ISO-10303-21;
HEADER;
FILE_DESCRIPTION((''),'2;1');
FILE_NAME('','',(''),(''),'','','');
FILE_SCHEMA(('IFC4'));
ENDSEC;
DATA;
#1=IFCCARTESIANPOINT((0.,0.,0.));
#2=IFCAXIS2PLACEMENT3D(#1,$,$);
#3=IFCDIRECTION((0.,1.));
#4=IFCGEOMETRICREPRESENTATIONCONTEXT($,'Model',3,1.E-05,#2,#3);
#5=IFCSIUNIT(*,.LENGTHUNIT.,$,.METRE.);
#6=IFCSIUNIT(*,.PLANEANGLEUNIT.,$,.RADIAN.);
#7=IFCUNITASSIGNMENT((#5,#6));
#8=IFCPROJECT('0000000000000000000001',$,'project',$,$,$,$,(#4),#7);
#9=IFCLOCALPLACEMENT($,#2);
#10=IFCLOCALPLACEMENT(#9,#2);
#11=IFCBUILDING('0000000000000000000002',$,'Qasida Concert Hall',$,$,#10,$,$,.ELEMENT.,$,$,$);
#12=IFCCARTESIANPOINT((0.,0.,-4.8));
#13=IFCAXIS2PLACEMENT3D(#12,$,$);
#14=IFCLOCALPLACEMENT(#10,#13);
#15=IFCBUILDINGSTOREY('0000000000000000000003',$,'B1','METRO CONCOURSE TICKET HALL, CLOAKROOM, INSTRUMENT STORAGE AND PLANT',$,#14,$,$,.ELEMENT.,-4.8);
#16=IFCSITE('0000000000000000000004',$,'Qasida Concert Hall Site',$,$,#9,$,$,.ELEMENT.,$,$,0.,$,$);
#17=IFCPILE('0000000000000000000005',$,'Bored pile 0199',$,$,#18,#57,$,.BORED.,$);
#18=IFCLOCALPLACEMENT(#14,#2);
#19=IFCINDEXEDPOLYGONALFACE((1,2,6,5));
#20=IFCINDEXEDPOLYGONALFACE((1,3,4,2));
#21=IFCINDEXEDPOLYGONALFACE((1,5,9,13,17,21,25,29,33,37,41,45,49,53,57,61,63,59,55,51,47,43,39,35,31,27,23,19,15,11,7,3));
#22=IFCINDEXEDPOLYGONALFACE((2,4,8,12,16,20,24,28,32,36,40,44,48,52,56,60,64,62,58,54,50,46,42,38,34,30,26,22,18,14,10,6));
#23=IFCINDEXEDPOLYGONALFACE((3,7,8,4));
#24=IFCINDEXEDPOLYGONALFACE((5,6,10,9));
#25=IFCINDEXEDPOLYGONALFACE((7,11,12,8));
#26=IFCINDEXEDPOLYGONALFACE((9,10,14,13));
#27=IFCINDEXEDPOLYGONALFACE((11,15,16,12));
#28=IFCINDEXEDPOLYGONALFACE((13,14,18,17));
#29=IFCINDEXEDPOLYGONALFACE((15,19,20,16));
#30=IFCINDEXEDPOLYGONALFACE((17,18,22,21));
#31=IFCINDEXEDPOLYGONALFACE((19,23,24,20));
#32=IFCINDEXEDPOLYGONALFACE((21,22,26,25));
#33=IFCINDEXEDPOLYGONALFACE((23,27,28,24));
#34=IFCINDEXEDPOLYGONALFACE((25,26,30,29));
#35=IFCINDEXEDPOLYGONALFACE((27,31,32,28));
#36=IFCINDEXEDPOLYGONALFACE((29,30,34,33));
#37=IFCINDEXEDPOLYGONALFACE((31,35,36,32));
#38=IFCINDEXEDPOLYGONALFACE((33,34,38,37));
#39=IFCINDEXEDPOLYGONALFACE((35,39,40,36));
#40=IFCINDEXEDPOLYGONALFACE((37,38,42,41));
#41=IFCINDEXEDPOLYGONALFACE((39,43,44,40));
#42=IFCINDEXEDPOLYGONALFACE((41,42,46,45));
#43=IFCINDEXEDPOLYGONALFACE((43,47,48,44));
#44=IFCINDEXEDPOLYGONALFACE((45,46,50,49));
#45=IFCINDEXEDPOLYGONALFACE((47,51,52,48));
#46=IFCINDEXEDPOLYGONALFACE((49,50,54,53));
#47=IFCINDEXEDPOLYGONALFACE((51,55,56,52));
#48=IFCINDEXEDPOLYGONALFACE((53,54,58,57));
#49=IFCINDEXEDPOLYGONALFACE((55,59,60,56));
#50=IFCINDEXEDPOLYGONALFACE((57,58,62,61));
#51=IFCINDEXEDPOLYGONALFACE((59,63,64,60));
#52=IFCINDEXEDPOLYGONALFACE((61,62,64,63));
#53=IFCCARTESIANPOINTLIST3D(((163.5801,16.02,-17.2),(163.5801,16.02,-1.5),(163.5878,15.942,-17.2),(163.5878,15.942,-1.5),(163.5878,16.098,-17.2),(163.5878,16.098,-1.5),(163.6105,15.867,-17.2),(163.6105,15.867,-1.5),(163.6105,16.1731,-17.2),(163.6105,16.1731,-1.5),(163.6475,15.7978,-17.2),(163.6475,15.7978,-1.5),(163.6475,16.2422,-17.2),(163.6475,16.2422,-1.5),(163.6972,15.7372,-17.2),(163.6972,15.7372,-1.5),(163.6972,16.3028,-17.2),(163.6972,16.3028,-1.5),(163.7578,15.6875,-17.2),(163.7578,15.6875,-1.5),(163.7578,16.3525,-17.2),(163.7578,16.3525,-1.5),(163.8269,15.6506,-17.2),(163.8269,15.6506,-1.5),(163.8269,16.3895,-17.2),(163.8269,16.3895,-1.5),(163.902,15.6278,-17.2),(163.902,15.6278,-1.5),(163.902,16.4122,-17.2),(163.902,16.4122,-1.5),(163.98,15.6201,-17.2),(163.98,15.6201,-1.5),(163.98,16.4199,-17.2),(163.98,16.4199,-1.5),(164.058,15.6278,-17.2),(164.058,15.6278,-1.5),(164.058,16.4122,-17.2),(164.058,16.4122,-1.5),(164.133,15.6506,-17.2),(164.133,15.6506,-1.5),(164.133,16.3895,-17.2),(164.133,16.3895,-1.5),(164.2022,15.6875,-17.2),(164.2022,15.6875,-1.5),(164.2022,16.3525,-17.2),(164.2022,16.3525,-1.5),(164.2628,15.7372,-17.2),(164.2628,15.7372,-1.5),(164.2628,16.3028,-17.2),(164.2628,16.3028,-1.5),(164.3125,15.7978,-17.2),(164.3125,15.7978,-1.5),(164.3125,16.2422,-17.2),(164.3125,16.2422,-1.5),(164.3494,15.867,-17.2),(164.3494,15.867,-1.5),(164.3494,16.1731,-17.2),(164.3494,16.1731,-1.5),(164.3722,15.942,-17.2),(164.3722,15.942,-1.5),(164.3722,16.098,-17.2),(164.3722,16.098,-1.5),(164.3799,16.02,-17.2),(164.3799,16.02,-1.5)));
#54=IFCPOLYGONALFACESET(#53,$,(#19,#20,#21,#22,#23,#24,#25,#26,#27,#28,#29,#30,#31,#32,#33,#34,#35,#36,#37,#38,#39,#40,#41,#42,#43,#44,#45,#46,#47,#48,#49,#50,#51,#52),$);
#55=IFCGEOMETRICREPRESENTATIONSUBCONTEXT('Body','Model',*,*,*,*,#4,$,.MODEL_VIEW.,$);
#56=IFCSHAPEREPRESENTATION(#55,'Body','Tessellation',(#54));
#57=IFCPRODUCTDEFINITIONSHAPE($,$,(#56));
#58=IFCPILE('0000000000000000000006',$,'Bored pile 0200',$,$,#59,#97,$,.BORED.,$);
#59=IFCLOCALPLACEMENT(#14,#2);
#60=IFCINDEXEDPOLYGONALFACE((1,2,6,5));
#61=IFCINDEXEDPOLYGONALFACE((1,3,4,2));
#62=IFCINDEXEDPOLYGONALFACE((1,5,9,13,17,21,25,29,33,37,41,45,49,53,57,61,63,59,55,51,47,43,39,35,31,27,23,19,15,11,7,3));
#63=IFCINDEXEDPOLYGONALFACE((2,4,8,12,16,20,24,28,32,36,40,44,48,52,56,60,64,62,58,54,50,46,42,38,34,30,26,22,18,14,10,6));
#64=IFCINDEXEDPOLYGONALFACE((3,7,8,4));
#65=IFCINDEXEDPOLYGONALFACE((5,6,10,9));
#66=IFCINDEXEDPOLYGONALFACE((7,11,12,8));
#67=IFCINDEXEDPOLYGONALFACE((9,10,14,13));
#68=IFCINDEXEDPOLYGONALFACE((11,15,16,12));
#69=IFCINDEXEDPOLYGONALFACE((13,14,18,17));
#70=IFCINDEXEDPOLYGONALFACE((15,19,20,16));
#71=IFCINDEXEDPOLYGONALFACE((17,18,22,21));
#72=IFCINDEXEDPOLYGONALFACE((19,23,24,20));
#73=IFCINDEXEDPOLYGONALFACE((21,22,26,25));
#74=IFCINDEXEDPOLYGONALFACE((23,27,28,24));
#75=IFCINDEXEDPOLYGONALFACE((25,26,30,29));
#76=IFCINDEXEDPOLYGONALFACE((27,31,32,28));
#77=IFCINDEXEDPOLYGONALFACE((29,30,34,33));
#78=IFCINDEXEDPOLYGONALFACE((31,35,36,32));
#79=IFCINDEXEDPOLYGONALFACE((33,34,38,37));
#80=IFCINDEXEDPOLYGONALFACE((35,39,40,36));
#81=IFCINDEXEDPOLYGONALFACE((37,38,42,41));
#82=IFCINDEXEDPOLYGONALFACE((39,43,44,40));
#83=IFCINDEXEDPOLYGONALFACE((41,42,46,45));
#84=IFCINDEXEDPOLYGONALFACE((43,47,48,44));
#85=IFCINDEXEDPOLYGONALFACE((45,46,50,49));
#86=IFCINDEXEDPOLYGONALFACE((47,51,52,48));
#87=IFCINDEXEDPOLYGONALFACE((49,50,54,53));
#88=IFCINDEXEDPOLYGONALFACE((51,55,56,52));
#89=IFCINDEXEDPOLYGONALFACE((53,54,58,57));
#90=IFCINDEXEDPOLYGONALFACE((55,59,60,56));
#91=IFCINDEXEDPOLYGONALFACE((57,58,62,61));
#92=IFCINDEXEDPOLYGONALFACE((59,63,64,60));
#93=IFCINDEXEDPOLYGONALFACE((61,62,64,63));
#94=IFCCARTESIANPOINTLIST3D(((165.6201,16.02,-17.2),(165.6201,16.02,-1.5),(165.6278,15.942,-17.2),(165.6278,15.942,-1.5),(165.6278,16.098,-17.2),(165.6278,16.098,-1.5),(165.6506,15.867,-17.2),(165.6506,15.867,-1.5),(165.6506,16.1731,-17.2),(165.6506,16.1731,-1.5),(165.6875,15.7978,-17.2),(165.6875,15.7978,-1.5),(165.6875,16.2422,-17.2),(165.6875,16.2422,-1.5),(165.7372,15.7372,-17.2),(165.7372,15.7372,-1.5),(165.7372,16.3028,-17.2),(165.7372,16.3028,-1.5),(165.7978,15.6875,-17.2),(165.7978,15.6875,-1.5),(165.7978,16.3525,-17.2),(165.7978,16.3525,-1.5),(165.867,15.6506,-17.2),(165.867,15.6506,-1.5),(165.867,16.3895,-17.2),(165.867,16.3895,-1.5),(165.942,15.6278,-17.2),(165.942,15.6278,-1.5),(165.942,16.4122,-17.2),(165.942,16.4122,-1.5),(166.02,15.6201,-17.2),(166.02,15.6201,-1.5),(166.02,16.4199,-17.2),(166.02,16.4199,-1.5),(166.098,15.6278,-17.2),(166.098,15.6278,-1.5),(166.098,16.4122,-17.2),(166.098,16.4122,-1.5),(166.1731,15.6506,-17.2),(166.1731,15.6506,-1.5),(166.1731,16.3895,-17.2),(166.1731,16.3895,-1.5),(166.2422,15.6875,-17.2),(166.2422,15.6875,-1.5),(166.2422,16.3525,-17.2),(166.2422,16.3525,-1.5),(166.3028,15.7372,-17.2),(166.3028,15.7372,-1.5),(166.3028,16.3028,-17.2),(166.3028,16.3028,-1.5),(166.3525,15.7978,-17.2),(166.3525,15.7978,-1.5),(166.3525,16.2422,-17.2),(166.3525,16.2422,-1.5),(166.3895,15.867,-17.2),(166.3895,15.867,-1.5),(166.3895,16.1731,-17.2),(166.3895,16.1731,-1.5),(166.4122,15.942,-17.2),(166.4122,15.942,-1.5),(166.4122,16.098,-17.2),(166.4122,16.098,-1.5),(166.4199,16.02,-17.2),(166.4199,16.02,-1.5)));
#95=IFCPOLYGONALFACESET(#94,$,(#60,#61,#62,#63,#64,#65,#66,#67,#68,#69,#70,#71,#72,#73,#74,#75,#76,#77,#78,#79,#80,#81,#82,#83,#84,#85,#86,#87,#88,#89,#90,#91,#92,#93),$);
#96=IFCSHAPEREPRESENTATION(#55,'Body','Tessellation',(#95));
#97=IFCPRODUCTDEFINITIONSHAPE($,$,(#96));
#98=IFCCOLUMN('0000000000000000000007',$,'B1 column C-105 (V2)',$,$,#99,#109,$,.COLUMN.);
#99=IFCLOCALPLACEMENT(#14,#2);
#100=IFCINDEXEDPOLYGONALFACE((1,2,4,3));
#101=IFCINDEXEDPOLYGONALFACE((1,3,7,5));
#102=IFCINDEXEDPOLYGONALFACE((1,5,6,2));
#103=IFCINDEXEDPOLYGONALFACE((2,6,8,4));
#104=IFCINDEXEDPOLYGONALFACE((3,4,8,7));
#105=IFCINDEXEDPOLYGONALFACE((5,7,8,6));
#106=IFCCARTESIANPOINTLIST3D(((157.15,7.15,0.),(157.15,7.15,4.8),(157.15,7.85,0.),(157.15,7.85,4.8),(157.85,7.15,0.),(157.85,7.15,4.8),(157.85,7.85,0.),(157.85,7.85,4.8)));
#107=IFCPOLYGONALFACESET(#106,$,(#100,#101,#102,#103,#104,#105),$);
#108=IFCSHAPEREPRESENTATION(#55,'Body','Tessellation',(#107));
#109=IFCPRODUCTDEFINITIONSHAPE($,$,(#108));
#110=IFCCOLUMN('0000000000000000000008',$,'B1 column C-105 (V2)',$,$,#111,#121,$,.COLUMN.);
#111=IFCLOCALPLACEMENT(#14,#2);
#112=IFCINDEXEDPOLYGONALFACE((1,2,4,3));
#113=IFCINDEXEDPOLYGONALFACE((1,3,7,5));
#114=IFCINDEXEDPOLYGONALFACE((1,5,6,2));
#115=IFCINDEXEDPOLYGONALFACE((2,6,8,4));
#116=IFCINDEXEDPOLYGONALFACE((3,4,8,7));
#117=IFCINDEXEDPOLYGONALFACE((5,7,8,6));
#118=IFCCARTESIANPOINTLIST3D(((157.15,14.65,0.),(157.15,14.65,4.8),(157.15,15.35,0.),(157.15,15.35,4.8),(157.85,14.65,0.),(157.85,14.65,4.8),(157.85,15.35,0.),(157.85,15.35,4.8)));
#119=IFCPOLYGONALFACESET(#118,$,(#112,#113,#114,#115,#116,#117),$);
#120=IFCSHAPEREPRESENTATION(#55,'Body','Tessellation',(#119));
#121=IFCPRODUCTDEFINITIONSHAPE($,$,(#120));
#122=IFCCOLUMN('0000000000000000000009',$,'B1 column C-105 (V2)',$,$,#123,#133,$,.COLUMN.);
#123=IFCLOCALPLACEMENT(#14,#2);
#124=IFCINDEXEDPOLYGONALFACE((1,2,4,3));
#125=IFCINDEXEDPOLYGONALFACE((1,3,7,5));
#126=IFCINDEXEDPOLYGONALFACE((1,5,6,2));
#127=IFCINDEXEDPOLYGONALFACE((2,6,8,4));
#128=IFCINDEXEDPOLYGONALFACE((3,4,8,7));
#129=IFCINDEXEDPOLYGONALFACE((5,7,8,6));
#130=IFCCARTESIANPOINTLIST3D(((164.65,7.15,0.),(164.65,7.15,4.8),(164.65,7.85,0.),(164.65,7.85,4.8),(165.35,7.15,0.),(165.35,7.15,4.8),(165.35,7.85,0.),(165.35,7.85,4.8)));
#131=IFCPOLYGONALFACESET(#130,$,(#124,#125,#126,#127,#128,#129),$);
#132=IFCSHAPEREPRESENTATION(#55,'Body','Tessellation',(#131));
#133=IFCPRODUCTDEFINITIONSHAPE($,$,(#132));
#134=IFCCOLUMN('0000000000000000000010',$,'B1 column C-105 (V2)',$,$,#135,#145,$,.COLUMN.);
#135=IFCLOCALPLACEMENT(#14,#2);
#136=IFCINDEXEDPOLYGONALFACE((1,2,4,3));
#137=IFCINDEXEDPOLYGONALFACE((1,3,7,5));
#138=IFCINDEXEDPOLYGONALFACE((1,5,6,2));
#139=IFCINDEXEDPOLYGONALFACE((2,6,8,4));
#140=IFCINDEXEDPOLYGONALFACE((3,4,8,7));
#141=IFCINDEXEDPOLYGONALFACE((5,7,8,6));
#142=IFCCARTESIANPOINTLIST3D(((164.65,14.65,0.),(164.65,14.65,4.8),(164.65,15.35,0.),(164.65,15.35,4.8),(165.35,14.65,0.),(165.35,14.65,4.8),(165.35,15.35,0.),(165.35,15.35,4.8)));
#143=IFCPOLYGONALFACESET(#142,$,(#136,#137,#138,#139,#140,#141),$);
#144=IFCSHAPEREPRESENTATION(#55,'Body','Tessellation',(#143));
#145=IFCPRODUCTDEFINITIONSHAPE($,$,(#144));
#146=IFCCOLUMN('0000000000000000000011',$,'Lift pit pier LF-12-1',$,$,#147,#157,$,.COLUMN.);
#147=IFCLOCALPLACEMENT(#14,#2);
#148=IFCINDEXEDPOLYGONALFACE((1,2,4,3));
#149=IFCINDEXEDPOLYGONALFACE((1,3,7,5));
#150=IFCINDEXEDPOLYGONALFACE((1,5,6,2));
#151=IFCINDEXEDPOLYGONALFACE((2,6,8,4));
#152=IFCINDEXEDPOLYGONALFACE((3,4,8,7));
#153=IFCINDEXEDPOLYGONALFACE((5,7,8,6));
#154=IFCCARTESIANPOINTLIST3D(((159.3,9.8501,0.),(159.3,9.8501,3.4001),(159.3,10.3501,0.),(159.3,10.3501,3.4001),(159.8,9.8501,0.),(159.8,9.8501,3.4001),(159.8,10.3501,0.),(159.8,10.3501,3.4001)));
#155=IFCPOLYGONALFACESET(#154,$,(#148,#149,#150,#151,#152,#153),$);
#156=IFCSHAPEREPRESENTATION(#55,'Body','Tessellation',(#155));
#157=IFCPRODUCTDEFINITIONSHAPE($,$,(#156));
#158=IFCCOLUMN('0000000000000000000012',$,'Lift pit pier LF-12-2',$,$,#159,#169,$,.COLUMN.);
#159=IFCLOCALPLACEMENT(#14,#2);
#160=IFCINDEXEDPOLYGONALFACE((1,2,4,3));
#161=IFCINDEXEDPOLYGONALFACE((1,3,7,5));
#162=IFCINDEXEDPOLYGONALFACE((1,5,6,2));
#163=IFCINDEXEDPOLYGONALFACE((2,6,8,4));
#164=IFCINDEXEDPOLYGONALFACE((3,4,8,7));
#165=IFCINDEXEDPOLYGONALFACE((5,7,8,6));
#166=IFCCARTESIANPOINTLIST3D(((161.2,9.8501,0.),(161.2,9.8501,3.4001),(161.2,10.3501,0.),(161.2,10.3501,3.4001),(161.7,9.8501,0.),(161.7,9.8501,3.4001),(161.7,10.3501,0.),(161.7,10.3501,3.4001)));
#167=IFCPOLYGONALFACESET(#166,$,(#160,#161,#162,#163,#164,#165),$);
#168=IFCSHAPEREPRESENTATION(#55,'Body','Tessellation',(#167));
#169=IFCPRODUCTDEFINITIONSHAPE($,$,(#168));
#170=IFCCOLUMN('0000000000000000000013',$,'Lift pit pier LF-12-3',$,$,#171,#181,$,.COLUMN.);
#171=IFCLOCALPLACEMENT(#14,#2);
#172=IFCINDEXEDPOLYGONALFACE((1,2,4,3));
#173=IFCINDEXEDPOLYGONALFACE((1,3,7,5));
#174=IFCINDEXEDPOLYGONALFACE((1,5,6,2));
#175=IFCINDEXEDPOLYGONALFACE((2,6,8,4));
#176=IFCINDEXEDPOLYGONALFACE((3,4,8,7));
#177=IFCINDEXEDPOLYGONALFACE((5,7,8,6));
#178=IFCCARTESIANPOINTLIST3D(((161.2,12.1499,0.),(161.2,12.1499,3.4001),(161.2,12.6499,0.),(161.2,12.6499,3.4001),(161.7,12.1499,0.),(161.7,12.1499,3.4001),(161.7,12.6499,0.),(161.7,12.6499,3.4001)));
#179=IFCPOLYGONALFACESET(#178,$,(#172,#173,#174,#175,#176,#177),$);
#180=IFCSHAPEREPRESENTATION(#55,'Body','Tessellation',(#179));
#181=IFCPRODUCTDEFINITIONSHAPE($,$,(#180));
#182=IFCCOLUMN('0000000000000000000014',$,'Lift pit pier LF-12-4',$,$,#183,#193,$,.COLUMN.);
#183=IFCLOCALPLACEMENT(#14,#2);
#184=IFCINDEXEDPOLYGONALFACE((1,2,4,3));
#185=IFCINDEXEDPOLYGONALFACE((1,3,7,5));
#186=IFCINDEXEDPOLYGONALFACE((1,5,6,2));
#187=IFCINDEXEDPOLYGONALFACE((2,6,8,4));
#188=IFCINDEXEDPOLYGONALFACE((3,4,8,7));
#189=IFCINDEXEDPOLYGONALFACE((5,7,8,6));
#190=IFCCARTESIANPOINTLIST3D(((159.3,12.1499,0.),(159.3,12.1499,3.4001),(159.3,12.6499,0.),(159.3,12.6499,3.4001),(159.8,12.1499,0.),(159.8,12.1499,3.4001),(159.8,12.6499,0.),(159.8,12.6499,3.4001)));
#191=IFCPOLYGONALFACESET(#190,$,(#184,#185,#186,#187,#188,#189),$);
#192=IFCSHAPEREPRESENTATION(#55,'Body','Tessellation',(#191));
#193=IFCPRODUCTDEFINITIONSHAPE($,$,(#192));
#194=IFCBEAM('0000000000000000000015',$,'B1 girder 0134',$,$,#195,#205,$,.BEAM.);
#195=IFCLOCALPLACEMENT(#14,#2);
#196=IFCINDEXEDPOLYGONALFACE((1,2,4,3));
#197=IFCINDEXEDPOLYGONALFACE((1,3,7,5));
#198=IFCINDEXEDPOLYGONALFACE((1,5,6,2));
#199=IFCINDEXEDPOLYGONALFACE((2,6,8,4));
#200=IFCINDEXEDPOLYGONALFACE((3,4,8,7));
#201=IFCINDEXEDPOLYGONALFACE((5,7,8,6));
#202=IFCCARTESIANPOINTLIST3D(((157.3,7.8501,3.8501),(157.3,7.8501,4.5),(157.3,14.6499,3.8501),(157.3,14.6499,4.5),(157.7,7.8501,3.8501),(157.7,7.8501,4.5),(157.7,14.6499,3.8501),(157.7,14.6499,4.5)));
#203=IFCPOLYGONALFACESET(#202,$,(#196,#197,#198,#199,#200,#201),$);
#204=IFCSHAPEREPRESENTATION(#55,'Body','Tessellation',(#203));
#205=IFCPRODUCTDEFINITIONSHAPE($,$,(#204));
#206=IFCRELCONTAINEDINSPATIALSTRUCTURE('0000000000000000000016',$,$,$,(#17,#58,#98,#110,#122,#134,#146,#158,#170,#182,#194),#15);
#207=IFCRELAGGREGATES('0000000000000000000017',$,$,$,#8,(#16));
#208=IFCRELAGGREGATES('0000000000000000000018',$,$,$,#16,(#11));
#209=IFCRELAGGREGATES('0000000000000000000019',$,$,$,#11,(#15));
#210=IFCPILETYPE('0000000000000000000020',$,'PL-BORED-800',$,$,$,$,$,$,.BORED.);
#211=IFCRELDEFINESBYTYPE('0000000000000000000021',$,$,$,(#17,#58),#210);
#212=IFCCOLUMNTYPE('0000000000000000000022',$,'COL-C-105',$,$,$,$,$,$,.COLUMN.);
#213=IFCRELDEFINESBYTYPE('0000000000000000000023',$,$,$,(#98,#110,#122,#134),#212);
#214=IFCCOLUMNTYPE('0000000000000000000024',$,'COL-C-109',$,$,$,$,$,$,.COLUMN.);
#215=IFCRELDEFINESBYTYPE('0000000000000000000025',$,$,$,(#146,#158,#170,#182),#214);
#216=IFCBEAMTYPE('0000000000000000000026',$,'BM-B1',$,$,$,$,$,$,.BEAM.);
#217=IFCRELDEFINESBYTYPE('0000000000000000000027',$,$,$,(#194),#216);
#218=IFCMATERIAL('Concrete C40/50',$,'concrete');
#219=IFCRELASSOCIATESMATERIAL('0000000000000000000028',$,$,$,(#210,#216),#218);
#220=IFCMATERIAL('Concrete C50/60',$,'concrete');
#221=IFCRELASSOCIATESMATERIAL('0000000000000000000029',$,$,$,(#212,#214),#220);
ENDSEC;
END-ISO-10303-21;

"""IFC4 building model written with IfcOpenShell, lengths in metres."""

from ifc_helpers import new_model, si_unit, direction, frame, origin, origin_2d, place, context, subcontext, project, spatial, rectangle, circle, extrude, material, material_profile, profile_set, type_object, element, save


model = new_model("IFC4")

# Units and contexts
model_context = context("Model", 3, precision=1e-05, world=origin(), true_north=direction((0.0, 1.0)))
body_context = subcontext(model_context, "Body", "Model", "MODEL_VIEW")
ifc_project = project(units=[si_unit("LENGTHUNIT", "METRE"), si_unit("PLANEANGLEUNIT", "RADIAN")], contexts=[model_context])

# Site, building, storey
site_placement = place(None, origin())
site = spatial("IfcSite", under=ifc_project, at=site_placement, Name="Qasida Concert Hall Site", CompositionType="ELEMENT", RefElevation=0.0)
building_placement = place(site_placement, origin())
building = spatial("IfcBuilding", under=site, at=building_placement, Name="Qasida Concert Hall", CompositionType="ELEMENT")
storey_placement = place(building_placement, frame((0.0, 0.0, -4.8)))
storey = spatial("IfcBuildingStorey", under=building, at=storey_placement, Name="B1", Description="METRO CONCOURSE TICKET HALL, CLOAKROOM, INSTRUMENT STORAGE AND PLANT", CompositionType="ELEMENT", Elevation=-4.8)

# Shared definitions
ifc_material_1 = material(Name="Concrete C40/50", Category="concrete")

# Piles
ifc_material_profile_1 = material_profile(ifc_material_1, circle(Radius=0.3999, at=origin_2d()), Name="BORED PILE D800")
ifc_profile_set_1 = profile_set([ifc_material_profile_1], Name="Concrete C40/50")
pile_type = type_object("IfcPileType", Name="PL-BORED-800", PredefinedType="BORED", material=ifc_profile_set_1)
for number, where, z_axis, x_axis, name in (
    (1, (163.98, 16.02, -1.5), (0.0, 0.0, -1.0), (1.0, 0.0, 0.0), "Bored pile 0199"),
    (2, (166.02, 16.02, -1.5), (0.0, 0.0, -1.0), (1.0, 0.0, 0.0), "Bored pile 0200"),
):
    element("IfcPile", number, at=place(storey_placement, frame(where, z_axis=z_axis, x_axis=x_axis)), inside=storey, type_object=pile_type, Name=name, PredefinedType="BORED", context=body_context, shape_type="SweptSolid", body=[
        extrude(circle(Radius=0.3999, at=origin_2d()), origin(), (0.0, 0.0, 1.0), 15.7),
    ])

# Columns
ifc_material_2 = material(Name="Concrete C50/60", Category="concrete")
ifc_material_profile_2 = material_profile(ifc_material_2, rectangle(XDim=0.7, YDim=0.7, at=origin_2d()), Name="RC 700x700")
ifc_profile_set_2 = profile_set([ifc_material_profile_2], Name="Concrete C50/60")
column_type_1 = type_object("IfcColumnType", Name="COL-C-105", PredefinedType="COLUMN", material=ifc_profile_set_2)
for number, where, z_axis, x_axis, name in (
    (3, (157.5, 7.5, 0.0), (0.0, 0.0, 1.0), (1.0, 0.0, 0.0), "B1 column C-105 (V2)"),
    (4, (157.5, 15.0, 0.0), (0.0, 0.0, 1.0), (1.0, 0.0, 0.0), "B1 column C-105 (V2)"),
    (5, (165.0, 7.5, 0.0), (0.0, 0.0, 1.0), (1.0, 0.0, 0.0), "B1 column C-105 (V2)"),
    (6, (165.0, 15.0, 0.0), (0.0, 0.0, 1.0), (1.0, 0.0, 0.0), "B1 column C-105 (V2)"),
):
    element("IfcColumn", number, at=place(storey_placement, frame(where, z_axis=z_axis, x_axis=x_axis)), inside=storey, type_object=column_type_1, Name=name, PredefinedType="COLUMN", context=body_context, shape_type="SweptSolid", body=[
        extrude(rectangle(XDim=0.7, YDim=0.7, at=origin_2d()), origin(), (0.0, 0.0, 1.0), 4.8),
    ])
ifc_material_profile_3 = material_profile(ifc_material_2, rectangle(XDim=0.5, YDim=0.5, at=origin_2d()), Name="RC 500x500")
ifc_profile_set_3 = profile_set([ifc_material_profile_3], Name="Concrete C50/60")
column_type_2 = type_object("IfcColumnType", Name="COL-C-109", PredefinedType="COLUMN", material=ifc_profile_set_3)
for number, where, z_axis, x_axis, name in (
    (7, (159.55, 10.1001, 0.0), (0.0, 0.0, 1.0), (1.0, 0.0, 0.0), "Lift pit pier LF-12-1"),
    (8, (161.45, 10.1001, 0.0), (0.0, 0.0, 1.0), (1.0, 0.0, 0.0), "Lift pit pier LF-12-2"),
    (9, (161.45, 12.3999, 0.0), (0.0, 0.0, 1.0), (1.0, 0.0, 0.0), "Lift pit pier LF-12-3"),
    (10, (159.55, 12.3999, 0.0), (0.0, 0.0, 1.0), (1.0, 0.0, 0.0), "Lift pit pier LF-12-4"),
):
    element("IfcColumn", number, at=place(storey_placement, frame(where, z_axis=z_axis, x_axis=x_axis)), inside=storey, type_object=column_type_2, Name=name, PredefinedType="COLUMN", context=body_context, shape_type="SweptSolid", body=[
        extrude(rectangle(XDim=0.5, YDim=0.5, at=origin_2d()), origin(), (0.0, 0.0, 1.0), 3.4001),
    ])

# Beam
ifc_material_profile_4 = material_profile(ifc_material_1, rectangle(XDim=0.3999, YDim=0.6499, at=origin_2d()), Name="RC 400x650")
ifc_profile_set_4 = profile_set([ifc_material_profile_4], Name="Concrete C40/50")
beam_type_1 = type_object("IfcBeamType", Name="BM-B1", PredefinedType="BEAM", material=ifc_profile_set_4)
beam_1_placement = place(storey_placement, frame((157.5, 7.8501, 4.175), z_axis=(0.0, 1.0, 0.0), x_axis=(-1.0, 0.0, 0.0)))
element("IfcBeam", 11, at=beam_1_placement, inside=storey, type_object=beam_type_1, Name="B1 girder 0134", PredefinedType="BEAM", context=body_context, shape_type="SweptSolid", body=[
    extrude(rectangle(XDim=0.3999, YDim=0.6499, at=origin_2d()), origin(), (0.0, 0.0, 1.0), 6.7998),
])

save(model, "model.ifc")
